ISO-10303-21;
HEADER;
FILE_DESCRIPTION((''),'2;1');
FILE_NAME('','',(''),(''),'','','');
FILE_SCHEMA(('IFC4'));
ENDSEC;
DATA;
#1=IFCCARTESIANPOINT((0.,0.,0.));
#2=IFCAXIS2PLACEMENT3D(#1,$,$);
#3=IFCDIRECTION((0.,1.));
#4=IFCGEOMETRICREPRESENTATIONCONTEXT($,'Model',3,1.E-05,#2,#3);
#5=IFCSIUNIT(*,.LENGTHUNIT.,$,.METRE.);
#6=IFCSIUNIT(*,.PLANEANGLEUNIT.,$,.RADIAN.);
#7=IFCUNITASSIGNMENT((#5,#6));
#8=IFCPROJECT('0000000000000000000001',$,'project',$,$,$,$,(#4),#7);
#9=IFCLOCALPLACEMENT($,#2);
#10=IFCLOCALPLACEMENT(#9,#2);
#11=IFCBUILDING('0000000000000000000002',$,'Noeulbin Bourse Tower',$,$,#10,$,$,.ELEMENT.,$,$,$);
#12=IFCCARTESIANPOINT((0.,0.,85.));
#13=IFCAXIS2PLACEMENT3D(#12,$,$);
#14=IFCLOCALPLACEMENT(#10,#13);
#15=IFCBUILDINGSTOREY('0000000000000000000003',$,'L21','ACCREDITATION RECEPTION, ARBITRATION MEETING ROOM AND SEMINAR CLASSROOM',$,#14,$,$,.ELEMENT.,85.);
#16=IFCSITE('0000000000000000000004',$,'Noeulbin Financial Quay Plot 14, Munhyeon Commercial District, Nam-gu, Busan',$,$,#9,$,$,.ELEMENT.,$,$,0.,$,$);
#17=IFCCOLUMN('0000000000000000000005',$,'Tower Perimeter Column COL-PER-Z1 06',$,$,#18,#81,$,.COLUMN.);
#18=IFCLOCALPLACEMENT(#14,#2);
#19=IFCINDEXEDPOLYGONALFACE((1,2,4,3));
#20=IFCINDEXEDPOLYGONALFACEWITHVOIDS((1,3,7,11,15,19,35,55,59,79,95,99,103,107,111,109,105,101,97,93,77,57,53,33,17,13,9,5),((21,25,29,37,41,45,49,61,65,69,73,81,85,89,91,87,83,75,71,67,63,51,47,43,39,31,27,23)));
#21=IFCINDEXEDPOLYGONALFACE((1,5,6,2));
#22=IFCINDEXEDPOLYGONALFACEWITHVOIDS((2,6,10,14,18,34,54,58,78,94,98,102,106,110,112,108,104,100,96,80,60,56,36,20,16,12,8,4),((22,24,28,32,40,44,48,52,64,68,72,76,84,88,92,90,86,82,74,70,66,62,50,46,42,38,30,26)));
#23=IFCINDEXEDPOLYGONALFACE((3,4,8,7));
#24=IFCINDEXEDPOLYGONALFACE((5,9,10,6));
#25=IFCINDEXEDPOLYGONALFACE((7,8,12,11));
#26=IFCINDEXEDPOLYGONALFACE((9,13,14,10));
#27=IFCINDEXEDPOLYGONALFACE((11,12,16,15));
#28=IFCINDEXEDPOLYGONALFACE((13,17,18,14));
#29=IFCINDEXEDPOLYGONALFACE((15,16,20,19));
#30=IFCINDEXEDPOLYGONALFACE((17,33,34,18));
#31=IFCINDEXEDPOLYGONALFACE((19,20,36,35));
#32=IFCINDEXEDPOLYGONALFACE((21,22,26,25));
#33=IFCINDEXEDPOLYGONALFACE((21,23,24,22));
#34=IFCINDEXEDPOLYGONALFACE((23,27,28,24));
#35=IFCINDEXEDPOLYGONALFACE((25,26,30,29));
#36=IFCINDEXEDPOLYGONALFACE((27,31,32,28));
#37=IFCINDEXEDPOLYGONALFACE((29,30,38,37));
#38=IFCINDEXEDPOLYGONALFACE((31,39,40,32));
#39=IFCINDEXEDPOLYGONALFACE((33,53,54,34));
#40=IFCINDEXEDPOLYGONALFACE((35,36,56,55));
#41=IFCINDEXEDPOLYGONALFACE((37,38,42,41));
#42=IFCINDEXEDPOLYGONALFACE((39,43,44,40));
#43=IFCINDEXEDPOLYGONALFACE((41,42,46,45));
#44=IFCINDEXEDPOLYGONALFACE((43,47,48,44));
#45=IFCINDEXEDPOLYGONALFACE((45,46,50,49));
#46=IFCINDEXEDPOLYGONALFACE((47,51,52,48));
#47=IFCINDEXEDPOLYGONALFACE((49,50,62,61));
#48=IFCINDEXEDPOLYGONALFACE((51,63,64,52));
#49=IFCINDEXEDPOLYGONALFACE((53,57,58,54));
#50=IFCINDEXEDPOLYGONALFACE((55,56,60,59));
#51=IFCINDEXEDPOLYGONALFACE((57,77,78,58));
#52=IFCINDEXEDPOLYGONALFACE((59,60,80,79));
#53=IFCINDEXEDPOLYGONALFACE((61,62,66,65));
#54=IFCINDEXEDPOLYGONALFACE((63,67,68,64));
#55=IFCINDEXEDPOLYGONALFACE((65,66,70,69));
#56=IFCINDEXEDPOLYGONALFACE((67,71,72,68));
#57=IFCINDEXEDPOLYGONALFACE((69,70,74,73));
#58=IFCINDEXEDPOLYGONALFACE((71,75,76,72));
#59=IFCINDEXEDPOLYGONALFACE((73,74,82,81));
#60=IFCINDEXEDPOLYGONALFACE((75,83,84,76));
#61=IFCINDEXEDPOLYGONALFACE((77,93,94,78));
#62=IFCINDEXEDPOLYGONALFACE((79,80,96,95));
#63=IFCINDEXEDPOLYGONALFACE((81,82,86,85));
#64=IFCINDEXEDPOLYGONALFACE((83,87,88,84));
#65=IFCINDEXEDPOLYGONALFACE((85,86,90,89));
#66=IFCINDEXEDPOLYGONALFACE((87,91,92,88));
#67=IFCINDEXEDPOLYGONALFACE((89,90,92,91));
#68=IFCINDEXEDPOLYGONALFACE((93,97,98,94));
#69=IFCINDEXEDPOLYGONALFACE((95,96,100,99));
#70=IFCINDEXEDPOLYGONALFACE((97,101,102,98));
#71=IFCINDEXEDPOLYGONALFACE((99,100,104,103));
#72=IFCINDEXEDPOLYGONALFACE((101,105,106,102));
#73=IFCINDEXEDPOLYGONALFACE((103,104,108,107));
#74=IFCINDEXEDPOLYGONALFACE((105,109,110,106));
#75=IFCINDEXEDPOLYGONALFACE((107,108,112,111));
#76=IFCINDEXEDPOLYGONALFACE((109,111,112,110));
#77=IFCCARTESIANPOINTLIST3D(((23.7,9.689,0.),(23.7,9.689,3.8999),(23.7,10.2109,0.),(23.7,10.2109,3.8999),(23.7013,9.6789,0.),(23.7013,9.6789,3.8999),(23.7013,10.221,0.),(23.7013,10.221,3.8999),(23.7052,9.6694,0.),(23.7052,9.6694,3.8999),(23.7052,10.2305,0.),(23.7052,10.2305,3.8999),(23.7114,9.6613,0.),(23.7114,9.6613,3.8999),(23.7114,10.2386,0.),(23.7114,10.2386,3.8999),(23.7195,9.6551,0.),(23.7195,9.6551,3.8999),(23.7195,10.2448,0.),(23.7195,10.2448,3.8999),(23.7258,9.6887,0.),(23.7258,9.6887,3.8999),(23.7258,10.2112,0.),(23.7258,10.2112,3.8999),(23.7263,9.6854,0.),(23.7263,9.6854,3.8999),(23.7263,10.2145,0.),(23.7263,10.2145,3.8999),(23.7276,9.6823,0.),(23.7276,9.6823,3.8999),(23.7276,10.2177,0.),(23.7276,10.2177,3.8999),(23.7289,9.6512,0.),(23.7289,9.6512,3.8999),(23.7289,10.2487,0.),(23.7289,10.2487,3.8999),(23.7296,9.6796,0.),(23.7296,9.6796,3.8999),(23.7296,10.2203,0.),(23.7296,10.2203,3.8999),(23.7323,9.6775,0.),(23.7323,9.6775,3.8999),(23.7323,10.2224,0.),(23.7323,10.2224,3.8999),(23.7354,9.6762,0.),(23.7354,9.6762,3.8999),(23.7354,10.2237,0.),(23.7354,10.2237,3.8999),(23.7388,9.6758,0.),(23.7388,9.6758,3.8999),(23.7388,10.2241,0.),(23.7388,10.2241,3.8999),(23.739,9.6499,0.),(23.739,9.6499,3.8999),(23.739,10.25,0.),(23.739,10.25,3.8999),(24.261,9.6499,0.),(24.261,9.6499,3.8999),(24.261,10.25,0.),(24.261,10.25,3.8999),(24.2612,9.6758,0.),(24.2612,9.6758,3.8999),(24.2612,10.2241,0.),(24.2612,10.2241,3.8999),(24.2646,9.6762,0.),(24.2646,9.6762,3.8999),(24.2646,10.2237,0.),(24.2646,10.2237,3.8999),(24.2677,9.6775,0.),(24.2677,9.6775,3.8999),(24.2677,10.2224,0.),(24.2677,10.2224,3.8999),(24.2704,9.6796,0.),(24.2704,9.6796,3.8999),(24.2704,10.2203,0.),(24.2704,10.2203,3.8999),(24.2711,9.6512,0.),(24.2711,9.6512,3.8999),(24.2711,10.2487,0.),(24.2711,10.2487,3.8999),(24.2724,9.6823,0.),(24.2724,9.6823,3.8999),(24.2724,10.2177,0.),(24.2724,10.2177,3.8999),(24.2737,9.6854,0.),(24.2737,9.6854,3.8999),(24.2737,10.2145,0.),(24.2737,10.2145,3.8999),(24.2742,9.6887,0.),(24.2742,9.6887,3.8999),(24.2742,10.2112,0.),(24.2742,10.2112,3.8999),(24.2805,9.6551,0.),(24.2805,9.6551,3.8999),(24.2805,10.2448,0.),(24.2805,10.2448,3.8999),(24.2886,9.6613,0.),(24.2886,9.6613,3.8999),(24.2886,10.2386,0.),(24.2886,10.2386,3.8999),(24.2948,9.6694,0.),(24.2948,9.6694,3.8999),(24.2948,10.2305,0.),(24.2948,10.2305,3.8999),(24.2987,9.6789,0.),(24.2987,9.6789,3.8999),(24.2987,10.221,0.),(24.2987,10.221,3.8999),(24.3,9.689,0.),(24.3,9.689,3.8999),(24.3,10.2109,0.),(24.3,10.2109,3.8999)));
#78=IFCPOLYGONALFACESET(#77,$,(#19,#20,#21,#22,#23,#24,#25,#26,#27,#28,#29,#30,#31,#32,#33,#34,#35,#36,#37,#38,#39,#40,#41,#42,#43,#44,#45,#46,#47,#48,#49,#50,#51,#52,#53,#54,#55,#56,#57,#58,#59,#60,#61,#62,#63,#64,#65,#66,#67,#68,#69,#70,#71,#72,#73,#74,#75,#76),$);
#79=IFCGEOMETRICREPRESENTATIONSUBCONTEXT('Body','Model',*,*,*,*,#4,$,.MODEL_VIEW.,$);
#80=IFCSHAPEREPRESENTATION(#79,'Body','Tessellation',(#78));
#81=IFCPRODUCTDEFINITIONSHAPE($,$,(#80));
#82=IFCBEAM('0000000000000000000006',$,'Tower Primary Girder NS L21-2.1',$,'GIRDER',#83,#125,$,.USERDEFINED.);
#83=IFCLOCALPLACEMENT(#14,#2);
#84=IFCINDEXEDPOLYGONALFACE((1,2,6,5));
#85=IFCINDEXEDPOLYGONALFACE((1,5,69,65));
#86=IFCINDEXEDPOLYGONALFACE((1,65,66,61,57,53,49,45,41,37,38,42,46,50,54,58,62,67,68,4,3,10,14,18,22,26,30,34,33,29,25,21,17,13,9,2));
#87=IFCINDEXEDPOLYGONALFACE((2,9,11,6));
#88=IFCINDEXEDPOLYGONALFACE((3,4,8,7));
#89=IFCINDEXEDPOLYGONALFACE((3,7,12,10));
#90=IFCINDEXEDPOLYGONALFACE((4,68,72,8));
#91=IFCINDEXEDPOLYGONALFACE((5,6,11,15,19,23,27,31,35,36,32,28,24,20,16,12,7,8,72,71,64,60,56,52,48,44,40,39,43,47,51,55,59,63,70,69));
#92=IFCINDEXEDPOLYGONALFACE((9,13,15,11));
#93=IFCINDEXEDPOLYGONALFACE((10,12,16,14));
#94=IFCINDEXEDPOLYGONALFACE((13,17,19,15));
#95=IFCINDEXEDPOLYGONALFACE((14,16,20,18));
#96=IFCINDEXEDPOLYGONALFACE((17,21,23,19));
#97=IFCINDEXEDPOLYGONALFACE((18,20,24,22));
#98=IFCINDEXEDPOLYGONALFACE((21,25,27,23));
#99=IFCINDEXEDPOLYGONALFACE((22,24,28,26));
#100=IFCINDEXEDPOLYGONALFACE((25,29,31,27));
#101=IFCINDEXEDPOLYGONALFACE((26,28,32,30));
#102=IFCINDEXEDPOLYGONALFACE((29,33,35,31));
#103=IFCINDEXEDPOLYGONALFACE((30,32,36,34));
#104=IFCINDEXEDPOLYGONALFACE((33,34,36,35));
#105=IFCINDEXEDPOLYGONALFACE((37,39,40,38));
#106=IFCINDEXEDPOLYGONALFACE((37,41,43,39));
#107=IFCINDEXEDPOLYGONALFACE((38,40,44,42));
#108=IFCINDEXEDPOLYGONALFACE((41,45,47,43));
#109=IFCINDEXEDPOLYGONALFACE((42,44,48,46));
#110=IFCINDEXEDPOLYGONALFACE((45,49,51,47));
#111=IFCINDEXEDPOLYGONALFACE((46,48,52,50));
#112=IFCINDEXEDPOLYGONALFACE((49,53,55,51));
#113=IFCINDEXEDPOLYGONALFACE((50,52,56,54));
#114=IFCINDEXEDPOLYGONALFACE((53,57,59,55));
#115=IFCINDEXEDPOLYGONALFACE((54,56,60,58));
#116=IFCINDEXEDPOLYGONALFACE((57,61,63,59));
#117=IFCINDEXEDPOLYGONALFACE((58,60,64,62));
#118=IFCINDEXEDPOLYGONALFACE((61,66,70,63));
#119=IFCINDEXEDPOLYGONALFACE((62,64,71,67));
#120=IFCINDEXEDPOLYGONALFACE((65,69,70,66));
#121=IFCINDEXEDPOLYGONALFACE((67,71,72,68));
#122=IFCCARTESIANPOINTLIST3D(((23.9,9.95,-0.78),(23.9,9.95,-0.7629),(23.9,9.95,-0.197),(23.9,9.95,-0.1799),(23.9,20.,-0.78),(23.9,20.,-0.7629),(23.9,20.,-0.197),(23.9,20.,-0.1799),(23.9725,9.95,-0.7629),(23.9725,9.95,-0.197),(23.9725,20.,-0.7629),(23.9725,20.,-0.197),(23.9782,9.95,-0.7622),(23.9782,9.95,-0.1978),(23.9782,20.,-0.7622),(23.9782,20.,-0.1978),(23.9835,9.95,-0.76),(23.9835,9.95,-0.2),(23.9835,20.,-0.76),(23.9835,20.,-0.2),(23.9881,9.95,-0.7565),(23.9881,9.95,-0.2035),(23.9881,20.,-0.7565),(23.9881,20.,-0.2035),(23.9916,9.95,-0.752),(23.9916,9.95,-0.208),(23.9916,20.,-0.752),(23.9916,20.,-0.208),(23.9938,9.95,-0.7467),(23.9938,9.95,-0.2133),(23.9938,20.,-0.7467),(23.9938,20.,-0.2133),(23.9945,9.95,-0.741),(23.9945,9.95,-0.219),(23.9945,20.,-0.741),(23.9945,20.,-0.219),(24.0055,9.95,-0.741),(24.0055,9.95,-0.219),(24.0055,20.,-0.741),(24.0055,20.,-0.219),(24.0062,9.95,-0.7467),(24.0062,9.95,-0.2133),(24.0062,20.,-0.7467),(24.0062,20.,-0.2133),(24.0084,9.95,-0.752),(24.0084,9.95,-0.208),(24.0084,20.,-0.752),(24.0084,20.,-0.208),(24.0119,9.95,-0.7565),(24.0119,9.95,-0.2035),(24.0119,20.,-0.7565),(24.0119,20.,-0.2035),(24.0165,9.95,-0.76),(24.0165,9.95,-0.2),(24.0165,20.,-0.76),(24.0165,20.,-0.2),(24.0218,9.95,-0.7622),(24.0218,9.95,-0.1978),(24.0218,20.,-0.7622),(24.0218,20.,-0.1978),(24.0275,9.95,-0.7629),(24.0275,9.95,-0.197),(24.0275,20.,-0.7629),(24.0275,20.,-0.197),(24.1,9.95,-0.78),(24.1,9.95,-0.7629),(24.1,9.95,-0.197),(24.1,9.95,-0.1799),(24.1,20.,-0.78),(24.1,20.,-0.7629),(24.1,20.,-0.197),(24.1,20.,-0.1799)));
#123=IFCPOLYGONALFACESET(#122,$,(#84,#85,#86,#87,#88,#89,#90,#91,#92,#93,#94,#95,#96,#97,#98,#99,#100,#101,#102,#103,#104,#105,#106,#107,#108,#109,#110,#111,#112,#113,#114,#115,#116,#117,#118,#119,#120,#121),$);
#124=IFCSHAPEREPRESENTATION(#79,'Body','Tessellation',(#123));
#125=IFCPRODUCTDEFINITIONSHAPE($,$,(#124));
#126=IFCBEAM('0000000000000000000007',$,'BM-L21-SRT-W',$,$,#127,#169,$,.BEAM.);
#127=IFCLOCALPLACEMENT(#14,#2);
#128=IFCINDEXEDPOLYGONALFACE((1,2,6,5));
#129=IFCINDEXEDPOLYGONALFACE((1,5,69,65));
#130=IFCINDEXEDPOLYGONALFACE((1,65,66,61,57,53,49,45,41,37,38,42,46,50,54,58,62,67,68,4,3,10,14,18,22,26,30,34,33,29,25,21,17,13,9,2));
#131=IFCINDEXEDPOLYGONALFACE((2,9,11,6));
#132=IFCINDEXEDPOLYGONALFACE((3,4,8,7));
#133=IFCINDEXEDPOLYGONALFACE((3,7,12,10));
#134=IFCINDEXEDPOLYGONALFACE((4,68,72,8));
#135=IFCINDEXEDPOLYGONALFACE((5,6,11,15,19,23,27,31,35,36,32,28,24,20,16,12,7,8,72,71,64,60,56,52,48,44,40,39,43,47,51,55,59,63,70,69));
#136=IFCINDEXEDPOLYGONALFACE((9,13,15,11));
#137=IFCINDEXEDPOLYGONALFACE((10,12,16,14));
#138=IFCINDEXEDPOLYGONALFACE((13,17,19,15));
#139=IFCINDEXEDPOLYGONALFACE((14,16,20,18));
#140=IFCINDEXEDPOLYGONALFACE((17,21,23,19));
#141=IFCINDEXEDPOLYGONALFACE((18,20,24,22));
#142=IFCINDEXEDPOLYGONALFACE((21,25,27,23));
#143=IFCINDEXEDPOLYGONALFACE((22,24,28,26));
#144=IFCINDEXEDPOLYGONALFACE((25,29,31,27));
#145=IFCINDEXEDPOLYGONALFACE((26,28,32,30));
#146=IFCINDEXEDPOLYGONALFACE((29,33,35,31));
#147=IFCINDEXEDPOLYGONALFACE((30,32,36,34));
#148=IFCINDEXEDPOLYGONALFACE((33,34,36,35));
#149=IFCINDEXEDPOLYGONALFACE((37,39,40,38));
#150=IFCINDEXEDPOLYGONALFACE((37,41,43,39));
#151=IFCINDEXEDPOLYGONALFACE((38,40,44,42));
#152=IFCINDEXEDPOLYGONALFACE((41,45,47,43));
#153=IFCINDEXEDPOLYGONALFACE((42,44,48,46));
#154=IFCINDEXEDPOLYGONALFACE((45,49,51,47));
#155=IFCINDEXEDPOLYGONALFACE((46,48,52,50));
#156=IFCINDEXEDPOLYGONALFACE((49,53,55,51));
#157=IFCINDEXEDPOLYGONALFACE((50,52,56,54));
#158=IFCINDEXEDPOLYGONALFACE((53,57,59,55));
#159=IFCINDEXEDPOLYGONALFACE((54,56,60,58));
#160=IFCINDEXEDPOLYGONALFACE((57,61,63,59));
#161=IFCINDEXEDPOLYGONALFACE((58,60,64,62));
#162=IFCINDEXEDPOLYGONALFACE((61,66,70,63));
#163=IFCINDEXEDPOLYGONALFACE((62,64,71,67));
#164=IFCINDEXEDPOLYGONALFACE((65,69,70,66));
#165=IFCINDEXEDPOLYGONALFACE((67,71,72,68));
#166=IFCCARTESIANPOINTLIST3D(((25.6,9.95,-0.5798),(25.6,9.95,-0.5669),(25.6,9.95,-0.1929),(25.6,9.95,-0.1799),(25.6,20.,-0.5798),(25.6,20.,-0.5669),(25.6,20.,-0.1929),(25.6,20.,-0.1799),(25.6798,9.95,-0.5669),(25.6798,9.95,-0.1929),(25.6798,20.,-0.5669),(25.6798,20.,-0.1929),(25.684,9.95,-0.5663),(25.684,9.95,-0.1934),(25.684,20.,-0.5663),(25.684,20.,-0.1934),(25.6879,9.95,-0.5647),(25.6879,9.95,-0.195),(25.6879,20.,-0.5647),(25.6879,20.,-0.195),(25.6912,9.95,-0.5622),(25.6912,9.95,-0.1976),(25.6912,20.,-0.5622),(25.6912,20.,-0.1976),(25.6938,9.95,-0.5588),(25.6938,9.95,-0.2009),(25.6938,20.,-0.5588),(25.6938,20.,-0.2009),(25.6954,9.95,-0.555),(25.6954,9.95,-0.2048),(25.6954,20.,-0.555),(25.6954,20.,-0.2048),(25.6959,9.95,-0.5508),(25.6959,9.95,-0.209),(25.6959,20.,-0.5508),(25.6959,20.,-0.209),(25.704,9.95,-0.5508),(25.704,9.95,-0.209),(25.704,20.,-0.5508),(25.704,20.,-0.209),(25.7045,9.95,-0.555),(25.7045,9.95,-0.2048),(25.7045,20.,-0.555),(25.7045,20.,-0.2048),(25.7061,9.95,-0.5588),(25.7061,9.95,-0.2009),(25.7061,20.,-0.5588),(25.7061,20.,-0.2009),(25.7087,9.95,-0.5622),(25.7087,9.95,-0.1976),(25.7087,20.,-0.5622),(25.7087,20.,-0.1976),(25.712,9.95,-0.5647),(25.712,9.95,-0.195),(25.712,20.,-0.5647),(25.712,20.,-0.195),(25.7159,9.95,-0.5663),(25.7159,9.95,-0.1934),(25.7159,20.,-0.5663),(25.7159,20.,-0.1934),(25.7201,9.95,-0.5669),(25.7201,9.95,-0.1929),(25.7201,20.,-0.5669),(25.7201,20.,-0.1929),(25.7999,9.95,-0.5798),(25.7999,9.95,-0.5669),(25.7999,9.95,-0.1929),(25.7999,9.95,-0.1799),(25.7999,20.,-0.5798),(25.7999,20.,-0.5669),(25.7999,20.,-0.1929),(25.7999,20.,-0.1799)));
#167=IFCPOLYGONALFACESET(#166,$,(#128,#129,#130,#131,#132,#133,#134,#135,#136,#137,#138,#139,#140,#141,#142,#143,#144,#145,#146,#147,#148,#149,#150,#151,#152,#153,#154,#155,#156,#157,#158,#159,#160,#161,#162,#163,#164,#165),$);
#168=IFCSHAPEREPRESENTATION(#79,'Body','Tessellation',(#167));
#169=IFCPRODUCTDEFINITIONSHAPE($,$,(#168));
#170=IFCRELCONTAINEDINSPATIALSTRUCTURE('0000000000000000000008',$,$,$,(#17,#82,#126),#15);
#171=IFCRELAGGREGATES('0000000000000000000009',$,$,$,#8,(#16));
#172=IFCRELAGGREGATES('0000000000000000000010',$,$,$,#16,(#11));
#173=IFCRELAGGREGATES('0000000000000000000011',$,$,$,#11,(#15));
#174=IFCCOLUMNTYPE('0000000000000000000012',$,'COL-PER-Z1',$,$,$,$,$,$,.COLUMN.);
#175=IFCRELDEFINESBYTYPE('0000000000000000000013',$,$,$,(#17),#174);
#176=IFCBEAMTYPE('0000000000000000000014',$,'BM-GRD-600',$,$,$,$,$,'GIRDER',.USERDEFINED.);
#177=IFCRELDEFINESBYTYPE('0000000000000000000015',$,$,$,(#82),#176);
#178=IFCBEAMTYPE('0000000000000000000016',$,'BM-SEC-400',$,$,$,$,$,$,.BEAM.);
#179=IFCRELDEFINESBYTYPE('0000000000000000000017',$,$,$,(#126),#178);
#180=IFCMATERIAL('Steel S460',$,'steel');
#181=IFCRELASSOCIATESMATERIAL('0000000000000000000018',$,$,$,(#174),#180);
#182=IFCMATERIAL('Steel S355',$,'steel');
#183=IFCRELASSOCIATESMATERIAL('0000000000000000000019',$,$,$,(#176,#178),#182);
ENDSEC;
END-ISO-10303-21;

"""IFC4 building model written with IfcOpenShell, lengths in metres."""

from ifc_helpers import new_model, si_unit, direction, frame, origin, origin_2d, place, context, subcontext, project, spatial, hollow_rectangle, i_section, extrude, material, material_profile, profile_set, type_object, element, save


model = new_model("IFC4")

# Units and contexts
model_context = context("Model", 3, precision=1e-05, world=origin(), true_north=direction((0.0, 1.0)))
body_context = subcontext(model_context, "Body", "Model", "MODEL_VIEW")
ifc_project = project(units=[si_unit("LENGTHUNIT", "METRE"), si_unit("PLANEANGLEUNIT", "RADIAN")], contexts=[model_context])

# Site, building, storey
site_placement = place(None, origin())
site = spatial("IfcSite", under=ifc_project, at=site_placement, Name="Noeulbin Financial Quay Plot 14, Munhyeon Commercial District, Nam-gu, Busan", CompositionType="ELEMENT", RefElevation=0.0)
building_placement = place(site_placement, origin())
building = spatial("IfcBuilding", under=site, at=building_placement, Name="Noeulbin Bourse Tower", CompositionType="ELEMENT")
storey_placement = place(building_placement, frame((0.0, 0.0, 85.0)))
storey = spatial("IfcBuildingStorey", under=building, at=storey_placement, Name="L21", Description="ACCREDITATION RECEPTION, ARBITRATION MEETING ROOM AND SEMINAR CLASSROOM", CompositionType="ELEMENT", Elevation=85.0)

# Column
ifc_material_1 = material(Name="Steel S460", Category="steel")
ifc_material_profile_1 = material_profile(ifc_material_1, hollow_rectangle(XDim=0.6001, YDim=0.6001, WallThickness=0.0259, InnerFilletRadius=0.0129, OuterFilletRadius=0.0391, at=origin_2d()), Name="BOX-600x600x26", Category="LoadBearing")
ifc_profile_set_1 = profile_set([ifc_material_profile_1], Name="Steel S460")
column_type = type_object("IfcColumnType", Name="COL-PER-Z1", PredefinedType="COLUMN", material=ifc_profile_set_1)
column_placement = place(storey_placement, frame((24.0, 9.95, 0.0), z_axis=(0.0, 0.0, 1.0), x_axis=(1.0, 0.0, 0.0)))
element("IfcColumn", 1, at=column_placement, inside=storey, type_object=column_type, Name="Tower Perimeter Column COL-PER-Z1 06", PredefinedType="COLUMN", context=body_context, shape_type="SweptSolid", body=[
    extrude(hollow_rectangle(XDim=0.6001, YDim=0.6001, WallThickness=0.0259, InnerFilletRadius=0.0129, OuterFilletRadius=0.0391, at=origin_2d()), origin(), (0.0, 0.0, 1.0), 3.8999),
])

# Beams
ifc_material_2 = material(Name="Steel S355", Category="steel")
ifc_material_profile_2 = material_profile(ifc_material_2, i_section(OverallWidth=0.2, OverallDepth=0.6001, WebThickness=0.011, FlangeThickness=0.0171, FilletRadius=0.022, at=origin_2d()), Name="H-600x200x11x17", Category="LoadBearing")
ifc_profile_set_2 = profile_set([ifc_material_profile_2], Name="Steel S355")
beam_type_1 = type_object("IfcBeamType", Name="BM-GRD-600", ElementType="GIRDER", PredefinedType="USERDEFINED", material=ifc_profile_set_2)
beam_1_placement = place(storey_placement, frame((24.0, 9.95, -0.48), z_axis=(0.0, 1.0, 0.0), x_axis=(-1.0, 0.0, 0.0)))
element("IfcBeam", 2, at=beam_1_placement, inside=storey, type_object=beam_type_1, Name="Tower Primary Girder NS L21-2.1", ObjectType="GIRDER", PredefinedType="USERDEFINED", context=body_context, shape_type="SweptSolid", body=[
    extrude(i_section(OverallWidth=0.2, OverallDepth=0.6001, WebThickness=0.011, FlangeThickness=0.0171, FilletRadius=0.022, at=origin_2d()), origin(), (0.0, 0.0, 1.0), 10.05),
])
ifc_material_profile_3 = material_profile(ifc_material_2, i_section(OverallWidth=0.2, OverallDepth=0.3999, WebThickness=0.0081, FlangeThickness=0.0129, FilletRadius=0.0161, at=origin_2d()), Name="H-400x200x8x13", Category="LoadBearing")
ifc_profile_set_3 = profile_set([ifc_material_profile_3], Name="Steel S355")
beam_type_2 = type_object("IfcBeamType", Name="BM-SEC-400", PredefinedType="BEAM", material=ifc_profile_set_3)
beam_2_placement = place(storey_placement, frame((25.7, 9.95, -0.3799), z_axis=(0.0, 1.0, 0.0), x_axis=(-1.0, 0.0, 0.0)))
element("IfcBeam", 3, at=beam_2_placement, inside=storey, type_object=beam_type_2, Name="BM-L21-SRT-W", PredefinedType="BEAM", context=body_context, shape_type="SweptSolid", body=[
    extrude(i_section(OverallWidth=0.2, OverallDepth=0.3999, WebThickness=0.0081, FlangeThickness=0.0129, FilletRadius=0.0161, at=origin_2d()), origin(), (0.0, 0.0, 1.0), 10.05),
])

save(model, "model.ifc")
